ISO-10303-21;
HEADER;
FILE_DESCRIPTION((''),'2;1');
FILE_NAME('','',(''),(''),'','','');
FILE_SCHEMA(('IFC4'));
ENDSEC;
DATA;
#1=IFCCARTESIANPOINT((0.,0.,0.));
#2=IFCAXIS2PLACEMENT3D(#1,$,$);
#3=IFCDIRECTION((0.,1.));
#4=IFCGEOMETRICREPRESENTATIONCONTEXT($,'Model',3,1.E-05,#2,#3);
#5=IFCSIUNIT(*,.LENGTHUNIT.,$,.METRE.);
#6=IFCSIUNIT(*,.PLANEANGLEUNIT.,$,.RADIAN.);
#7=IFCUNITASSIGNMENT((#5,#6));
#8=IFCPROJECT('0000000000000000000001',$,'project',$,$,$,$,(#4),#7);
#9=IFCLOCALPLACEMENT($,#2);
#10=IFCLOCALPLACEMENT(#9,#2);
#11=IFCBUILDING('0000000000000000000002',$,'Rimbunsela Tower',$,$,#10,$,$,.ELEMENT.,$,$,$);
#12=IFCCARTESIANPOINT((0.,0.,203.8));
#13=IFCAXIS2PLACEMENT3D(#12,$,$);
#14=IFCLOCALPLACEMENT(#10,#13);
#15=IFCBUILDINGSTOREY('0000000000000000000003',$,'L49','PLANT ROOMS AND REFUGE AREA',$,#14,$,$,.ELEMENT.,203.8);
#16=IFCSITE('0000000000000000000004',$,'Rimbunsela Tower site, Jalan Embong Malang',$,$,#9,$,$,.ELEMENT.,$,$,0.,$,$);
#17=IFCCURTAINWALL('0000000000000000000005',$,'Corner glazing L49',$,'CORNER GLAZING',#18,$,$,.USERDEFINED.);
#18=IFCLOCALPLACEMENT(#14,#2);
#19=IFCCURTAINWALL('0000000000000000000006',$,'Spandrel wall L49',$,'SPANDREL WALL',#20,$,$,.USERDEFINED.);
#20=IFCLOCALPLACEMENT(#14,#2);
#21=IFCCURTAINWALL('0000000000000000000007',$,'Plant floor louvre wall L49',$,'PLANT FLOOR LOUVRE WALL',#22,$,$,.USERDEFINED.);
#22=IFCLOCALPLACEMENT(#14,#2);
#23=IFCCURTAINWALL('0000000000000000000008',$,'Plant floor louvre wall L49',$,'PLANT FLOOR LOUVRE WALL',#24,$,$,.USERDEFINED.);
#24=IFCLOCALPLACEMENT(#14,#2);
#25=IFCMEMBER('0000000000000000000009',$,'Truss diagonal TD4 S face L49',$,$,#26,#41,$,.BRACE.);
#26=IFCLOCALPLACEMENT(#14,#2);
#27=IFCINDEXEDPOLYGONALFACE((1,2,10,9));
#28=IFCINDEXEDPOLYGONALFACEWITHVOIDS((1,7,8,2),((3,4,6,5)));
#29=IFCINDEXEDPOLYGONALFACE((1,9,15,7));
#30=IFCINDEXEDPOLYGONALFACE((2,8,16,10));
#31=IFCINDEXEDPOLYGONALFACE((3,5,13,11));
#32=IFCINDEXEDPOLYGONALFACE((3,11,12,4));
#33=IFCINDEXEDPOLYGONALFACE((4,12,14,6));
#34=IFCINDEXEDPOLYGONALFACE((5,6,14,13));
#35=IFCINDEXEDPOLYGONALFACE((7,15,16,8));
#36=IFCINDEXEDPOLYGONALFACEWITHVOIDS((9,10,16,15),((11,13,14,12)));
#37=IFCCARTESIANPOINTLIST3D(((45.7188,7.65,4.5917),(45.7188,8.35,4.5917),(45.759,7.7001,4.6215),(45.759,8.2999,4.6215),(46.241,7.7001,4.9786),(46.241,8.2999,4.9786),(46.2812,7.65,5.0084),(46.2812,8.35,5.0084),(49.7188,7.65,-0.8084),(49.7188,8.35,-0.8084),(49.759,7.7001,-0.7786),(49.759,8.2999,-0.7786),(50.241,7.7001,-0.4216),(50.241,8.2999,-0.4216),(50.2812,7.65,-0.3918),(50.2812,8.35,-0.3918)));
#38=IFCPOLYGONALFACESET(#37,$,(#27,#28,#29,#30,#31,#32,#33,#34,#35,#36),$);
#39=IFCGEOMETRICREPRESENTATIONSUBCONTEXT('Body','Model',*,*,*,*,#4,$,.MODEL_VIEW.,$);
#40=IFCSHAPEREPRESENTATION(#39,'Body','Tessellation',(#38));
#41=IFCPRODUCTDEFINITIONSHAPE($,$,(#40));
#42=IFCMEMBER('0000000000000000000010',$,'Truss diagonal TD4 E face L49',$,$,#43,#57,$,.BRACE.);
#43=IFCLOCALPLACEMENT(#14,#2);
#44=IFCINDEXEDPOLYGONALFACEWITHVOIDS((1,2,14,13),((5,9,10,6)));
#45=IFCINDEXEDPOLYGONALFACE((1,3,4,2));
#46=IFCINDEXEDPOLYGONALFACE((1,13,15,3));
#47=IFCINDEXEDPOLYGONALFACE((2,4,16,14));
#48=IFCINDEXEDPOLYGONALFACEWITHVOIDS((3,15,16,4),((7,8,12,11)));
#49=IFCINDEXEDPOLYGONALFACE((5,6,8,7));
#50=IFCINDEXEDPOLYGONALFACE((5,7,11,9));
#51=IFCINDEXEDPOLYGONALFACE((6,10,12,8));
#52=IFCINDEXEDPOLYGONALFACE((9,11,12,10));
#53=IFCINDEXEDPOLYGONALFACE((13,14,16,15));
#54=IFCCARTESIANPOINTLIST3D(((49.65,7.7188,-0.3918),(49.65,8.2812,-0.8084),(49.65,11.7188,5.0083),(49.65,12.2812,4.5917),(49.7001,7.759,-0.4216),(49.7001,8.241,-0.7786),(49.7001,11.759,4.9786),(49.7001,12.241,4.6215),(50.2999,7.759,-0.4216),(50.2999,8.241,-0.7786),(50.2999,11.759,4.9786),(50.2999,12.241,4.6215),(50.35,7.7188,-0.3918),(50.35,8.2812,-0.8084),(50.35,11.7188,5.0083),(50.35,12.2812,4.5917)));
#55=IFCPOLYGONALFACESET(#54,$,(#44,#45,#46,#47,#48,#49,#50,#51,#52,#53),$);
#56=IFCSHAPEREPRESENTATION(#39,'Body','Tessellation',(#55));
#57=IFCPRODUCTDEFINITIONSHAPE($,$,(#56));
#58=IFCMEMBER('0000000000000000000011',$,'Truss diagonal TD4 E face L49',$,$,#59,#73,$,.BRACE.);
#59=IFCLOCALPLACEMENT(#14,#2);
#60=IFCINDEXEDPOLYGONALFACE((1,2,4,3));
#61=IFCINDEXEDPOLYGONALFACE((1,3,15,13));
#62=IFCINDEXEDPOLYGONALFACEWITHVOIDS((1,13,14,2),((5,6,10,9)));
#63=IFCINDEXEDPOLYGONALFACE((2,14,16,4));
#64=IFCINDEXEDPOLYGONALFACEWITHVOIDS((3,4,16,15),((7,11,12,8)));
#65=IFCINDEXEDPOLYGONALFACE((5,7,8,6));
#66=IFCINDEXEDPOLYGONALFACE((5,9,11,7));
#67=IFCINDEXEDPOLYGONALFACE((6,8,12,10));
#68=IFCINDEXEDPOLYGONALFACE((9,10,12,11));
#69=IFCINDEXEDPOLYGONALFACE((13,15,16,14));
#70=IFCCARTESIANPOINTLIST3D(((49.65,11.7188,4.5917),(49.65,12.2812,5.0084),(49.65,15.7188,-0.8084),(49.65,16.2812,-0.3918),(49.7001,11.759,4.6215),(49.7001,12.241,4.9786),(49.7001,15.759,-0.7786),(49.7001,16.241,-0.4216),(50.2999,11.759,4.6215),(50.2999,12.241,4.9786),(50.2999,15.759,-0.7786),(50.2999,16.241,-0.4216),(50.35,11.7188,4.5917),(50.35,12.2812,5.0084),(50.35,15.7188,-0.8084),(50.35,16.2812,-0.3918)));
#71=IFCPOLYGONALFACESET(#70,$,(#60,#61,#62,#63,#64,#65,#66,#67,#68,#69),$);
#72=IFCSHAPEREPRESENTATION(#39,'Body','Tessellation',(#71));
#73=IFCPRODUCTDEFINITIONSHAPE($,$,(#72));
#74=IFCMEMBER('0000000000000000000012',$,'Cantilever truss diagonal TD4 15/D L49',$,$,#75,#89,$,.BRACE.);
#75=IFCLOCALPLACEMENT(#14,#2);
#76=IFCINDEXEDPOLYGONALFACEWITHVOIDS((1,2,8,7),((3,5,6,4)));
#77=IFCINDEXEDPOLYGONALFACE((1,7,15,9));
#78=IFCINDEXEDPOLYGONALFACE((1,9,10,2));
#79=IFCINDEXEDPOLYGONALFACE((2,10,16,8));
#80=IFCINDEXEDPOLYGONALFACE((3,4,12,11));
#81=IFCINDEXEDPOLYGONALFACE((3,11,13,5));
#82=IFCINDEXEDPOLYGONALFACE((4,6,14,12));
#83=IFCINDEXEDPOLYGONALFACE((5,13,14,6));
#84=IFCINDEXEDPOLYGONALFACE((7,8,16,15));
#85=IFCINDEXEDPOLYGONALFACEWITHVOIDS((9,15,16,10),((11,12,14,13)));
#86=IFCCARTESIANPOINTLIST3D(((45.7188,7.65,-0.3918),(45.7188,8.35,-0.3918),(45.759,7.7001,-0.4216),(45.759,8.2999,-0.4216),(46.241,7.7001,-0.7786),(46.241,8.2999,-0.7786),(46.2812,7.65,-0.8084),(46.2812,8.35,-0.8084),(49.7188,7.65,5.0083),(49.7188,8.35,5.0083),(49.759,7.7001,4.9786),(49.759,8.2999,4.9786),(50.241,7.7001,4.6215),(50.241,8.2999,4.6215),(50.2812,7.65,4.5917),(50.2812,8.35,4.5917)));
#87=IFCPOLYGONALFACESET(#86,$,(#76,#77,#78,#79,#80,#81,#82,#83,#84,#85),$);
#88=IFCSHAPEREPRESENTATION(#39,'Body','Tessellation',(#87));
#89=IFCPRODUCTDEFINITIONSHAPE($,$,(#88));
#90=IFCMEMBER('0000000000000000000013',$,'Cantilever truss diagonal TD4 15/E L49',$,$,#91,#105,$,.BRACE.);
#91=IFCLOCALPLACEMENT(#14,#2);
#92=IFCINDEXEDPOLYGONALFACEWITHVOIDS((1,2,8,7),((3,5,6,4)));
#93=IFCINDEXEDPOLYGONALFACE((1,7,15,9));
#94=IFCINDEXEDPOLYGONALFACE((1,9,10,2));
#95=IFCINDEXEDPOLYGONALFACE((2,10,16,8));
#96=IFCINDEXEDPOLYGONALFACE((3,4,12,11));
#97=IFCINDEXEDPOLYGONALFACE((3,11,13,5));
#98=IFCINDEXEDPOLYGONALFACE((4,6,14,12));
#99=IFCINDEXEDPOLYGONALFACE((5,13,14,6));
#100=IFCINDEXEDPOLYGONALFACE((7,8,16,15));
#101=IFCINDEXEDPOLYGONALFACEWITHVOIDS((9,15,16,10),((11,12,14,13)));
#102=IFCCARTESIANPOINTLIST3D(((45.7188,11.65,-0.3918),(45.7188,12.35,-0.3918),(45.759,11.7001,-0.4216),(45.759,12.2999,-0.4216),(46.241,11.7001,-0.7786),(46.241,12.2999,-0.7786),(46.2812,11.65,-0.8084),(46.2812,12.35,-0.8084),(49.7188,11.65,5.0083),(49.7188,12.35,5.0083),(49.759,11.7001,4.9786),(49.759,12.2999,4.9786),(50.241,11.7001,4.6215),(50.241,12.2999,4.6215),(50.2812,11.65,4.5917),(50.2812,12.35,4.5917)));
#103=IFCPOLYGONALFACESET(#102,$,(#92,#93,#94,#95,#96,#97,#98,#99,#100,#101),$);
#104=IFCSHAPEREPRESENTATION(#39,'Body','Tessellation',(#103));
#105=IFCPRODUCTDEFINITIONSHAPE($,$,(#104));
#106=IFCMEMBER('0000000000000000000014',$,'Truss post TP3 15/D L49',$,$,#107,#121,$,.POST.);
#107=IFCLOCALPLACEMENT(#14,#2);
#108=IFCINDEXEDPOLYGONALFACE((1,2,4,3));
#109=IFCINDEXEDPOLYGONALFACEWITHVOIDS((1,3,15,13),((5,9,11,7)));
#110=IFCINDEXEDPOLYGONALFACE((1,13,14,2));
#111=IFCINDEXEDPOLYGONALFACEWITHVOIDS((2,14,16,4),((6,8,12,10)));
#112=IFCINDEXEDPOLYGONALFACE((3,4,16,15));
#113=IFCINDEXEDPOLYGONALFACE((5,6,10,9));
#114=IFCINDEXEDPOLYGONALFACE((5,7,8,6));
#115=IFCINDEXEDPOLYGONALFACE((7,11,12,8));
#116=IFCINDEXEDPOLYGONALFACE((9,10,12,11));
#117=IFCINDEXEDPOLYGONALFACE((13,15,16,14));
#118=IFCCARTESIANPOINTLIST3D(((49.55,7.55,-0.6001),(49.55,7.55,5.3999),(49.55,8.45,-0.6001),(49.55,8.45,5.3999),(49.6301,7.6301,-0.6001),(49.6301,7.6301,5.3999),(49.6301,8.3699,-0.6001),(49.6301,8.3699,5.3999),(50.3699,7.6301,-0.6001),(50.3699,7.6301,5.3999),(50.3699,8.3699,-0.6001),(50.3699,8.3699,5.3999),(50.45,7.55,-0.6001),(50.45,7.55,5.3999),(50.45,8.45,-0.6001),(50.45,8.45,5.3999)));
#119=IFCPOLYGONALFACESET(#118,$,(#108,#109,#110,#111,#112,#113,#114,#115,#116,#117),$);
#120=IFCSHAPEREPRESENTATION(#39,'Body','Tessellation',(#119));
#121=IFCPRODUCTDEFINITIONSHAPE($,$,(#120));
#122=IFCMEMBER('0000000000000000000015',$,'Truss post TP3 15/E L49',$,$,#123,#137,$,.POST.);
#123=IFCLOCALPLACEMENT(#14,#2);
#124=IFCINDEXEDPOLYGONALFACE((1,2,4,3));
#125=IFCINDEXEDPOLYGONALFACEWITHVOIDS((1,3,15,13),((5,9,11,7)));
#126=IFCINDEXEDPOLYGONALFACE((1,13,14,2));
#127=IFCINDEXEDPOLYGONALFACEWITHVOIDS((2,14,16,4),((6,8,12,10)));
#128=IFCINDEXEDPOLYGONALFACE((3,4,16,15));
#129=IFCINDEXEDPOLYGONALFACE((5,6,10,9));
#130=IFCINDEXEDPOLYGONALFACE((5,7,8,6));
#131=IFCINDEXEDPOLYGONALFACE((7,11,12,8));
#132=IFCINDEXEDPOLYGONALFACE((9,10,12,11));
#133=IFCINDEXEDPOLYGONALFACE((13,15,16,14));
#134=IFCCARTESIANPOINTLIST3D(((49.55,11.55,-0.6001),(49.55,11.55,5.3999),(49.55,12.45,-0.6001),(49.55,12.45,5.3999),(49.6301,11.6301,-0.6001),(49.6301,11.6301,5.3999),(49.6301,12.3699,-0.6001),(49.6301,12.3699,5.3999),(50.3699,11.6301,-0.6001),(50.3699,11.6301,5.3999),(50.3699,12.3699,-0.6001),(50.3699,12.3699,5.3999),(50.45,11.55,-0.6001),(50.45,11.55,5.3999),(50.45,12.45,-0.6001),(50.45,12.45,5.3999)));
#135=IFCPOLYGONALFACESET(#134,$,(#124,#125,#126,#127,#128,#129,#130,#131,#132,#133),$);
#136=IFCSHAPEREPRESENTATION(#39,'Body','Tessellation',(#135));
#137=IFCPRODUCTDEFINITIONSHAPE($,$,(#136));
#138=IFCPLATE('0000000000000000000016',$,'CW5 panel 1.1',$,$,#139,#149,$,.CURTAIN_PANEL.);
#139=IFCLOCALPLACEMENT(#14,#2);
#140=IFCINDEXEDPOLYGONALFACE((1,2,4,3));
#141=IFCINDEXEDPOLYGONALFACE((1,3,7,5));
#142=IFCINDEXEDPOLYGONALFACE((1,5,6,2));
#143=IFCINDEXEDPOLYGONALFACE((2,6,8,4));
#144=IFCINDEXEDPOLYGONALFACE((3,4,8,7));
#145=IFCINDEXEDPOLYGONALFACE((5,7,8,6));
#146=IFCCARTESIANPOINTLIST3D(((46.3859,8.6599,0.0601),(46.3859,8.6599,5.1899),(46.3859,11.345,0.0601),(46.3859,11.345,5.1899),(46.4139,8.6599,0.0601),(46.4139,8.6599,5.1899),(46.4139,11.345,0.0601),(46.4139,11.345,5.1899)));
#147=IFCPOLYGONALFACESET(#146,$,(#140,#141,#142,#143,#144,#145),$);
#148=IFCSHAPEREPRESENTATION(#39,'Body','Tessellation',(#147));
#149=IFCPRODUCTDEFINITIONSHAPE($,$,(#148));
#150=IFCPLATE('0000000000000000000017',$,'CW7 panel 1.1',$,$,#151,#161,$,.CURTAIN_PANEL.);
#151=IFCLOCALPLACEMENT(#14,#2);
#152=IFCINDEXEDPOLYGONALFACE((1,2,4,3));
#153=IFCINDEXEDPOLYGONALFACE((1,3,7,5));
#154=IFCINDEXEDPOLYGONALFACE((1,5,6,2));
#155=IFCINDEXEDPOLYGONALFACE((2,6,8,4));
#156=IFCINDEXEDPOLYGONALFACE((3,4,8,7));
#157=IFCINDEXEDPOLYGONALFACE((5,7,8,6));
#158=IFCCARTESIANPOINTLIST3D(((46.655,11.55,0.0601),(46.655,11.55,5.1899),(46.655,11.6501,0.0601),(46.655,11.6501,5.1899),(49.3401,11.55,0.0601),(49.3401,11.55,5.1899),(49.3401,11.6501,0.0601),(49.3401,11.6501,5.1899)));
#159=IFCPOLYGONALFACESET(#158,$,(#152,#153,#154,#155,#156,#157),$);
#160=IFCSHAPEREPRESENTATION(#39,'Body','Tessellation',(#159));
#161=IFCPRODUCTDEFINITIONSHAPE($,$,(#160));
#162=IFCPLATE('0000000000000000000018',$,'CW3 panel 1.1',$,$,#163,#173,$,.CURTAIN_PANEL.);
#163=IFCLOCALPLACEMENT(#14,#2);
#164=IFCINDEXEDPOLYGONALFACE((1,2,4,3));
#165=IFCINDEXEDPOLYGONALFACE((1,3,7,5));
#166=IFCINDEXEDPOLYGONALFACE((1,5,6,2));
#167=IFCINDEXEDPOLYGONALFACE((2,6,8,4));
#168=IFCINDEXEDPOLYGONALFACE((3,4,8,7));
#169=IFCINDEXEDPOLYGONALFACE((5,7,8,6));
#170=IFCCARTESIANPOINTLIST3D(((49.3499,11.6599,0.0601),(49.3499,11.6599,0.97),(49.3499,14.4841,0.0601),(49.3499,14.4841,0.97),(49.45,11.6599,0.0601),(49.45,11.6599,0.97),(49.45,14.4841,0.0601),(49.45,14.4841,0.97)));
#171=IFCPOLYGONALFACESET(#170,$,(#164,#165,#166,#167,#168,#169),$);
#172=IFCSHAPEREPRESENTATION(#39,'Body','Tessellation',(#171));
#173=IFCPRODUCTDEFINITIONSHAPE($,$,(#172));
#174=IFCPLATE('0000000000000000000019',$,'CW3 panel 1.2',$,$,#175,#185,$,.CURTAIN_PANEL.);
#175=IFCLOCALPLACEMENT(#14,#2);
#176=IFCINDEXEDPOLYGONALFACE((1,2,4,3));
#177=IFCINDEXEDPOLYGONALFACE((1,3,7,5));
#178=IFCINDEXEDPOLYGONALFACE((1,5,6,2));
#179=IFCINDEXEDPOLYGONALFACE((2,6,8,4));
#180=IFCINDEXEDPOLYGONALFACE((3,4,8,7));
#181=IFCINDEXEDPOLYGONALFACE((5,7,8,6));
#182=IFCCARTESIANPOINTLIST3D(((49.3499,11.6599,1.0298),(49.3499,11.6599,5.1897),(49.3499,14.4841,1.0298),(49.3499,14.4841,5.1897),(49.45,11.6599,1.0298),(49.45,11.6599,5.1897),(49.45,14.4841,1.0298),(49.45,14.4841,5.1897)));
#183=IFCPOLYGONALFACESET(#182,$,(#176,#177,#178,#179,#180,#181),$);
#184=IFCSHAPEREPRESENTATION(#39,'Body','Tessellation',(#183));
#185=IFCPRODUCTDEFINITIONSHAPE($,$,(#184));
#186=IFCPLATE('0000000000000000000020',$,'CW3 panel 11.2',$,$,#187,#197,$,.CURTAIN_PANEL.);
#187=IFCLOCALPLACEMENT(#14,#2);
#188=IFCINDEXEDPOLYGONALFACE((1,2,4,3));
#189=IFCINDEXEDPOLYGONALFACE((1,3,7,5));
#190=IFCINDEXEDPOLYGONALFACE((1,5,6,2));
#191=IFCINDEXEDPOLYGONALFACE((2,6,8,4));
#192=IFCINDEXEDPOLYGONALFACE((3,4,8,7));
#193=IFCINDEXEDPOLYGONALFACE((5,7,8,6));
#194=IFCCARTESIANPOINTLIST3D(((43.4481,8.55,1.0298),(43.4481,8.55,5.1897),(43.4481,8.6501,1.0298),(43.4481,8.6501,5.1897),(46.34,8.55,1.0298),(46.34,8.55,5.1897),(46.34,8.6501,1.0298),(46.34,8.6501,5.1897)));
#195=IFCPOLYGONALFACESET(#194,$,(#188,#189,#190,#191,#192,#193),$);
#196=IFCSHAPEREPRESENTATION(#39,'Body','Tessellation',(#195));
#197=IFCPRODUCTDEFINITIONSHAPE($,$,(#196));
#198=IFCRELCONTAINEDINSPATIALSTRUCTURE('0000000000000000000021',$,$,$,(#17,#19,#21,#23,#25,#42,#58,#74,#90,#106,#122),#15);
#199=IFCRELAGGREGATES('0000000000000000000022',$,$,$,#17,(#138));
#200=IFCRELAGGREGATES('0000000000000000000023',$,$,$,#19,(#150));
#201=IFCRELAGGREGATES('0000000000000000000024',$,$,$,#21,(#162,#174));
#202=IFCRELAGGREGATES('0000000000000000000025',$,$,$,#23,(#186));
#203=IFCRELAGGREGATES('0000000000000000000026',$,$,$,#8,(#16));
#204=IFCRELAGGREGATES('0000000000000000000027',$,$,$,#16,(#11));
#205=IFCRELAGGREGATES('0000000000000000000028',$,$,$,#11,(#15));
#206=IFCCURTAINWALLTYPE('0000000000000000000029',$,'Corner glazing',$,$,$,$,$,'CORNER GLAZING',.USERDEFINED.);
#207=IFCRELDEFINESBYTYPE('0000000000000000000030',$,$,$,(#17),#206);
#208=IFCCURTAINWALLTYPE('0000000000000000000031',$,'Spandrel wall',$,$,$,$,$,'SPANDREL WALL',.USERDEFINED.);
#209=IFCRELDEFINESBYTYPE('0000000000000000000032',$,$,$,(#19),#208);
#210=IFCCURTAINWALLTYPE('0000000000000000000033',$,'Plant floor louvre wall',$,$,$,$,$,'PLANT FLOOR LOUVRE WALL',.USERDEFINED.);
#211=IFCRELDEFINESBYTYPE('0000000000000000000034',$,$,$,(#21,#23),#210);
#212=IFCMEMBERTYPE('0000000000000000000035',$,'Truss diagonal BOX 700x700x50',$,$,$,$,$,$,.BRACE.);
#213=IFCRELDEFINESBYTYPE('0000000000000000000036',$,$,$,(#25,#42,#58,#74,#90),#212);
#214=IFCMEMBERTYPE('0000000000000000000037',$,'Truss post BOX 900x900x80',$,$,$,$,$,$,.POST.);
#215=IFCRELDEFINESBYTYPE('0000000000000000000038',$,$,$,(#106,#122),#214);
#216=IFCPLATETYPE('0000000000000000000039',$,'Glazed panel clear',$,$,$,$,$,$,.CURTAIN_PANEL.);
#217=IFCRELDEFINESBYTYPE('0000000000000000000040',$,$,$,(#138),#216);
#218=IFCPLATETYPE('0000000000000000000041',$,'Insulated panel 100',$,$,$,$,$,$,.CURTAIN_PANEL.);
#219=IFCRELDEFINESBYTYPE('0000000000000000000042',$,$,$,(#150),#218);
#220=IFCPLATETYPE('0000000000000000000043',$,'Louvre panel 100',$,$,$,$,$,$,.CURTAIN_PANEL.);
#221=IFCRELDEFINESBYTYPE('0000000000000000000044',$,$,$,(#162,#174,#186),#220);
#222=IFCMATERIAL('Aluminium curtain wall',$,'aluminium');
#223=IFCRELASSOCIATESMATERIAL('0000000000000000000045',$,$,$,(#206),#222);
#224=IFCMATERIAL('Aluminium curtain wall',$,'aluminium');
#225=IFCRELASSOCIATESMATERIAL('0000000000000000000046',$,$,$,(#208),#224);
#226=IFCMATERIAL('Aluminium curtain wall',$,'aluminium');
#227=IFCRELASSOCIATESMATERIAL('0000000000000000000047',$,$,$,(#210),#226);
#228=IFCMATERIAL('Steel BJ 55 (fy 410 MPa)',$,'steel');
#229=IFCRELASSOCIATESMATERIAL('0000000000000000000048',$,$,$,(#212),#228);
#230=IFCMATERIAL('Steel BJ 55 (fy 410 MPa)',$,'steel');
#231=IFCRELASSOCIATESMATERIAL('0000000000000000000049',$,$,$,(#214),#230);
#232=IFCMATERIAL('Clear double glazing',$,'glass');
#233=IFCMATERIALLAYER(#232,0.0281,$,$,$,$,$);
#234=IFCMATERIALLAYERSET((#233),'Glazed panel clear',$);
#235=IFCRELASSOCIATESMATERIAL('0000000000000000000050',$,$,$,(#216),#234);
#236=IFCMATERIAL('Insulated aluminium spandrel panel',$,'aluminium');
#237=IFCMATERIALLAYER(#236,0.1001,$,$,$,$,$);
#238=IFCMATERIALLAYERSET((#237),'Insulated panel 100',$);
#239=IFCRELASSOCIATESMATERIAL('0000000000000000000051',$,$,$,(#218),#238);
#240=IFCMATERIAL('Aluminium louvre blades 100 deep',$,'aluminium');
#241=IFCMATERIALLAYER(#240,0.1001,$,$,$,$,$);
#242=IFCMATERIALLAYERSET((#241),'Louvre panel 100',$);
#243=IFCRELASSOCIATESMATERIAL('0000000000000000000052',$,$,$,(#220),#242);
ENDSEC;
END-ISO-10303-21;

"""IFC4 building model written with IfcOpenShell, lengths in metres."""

from ifc_helpers import new_model, si_unit, direction, frame, origin, origin_2d, place, context, subcontext, project, spatial, rectangle, hollow_rectangle, extrude, material, layer, layer_set, material_profile, profile_set, type_object, element, aggregate, save


model = new_model("IFC4")

# Units and contexts
model_context = context("Model", 3, precision=1e-05, world=origin(), true_north=direction((0.0, 1.0)))
body_context = subcontext(model_context, "Body", "Model", "MODEL_VIEW")
ifc_project = project(units=[si_unit("LENGTHUNIT", "METRE"), si_unit("PLANEANGLEUNIT", "RADIAN")], contexts=[model_context])

# Site, building, storey
site_placement = place(None, origin())
site = spatial("IfcSite", under=ifc_project, at=site_placement, Name="Rimbunsela Tower site, Jalan Embong Malang", CompositionType="ELEMENT", RefElevation=0.0)
building_placement = place(site_placement, origin())
building = spatial("IfcBuilding", under=site, at=building_placement, Name="Rimbunsela Tower", CompositionType="ELEMENT")
storey_placement = place(building_placement, frame((0.0, 0.0, 203.8)))
storey = spatial("IfcBuildingStorey", under=building, at=storey_placement, Name="L49", Description="PLANT ROOMS AND REFUGE AREA", CompositionType="ELEMENT", Elevation=203.8)

# Curtain walls
ifc_material_1 = material(Name="Aluminium curtain wall", Category="aluminium")
curtain_wall_type_1 = type_object("IfcCurtainWallType", Name="Corner glazing", ElementType="CORNER GLAZING", PredefinedType="USERDEFINED", material=ifc_material_1)
curtain_wall_1_placement = place(storey_placement, origin())
curtain_wall_1 = element("IfcCurtainWall", 1, at=curtain_wall_1_placement, inside=storey, type_object=curtain_wall_type_1, Name="Corner glazing L49", ObjectType="CORNER GLAZING", PredefinedType="USERDEFINED")
ifc_material_2 = material(Name="Aluminium curtain wall", Category="aluminium")
curtain_wall_type_2 = type_object("IfcCurtainWallType", Name="Spandrel wall", ElementType="SPANDREL WALL", PredefinedType="USERDEFINED", material=ifc_material_2)
curtain_wall_2_placement = place(storey_placement, origin())
curtain_wall_2 = element("IfcCurtainWall", 2, at=curtain_wall_2_placement, inside=storey, type_object=curtain_wall_type_2, Name="Spandrel wall L49", ObjectType="SPANDREL WALL", PredefinedType="USERDEFINED")
ifc_material_3 = material(Name="Aluminium curtain wall", Category="aluminium")
curtain_wall_type_3 = type_object("IfcCurtainWallType", Name="Plant floor louvre wall", ElementType="PLANT FLOOR LOUVRE WALL", PredefinedType="USERDEFINED", material=ifc_material_3)
curtain_wall_3_placement = place(storey_placement, origin())
curtain_wall_3 = element("IfcCurtainWall", 3, at=curtain_wall_3_placement, inside=storey, type_object=curtain_wall_type_3, Name="Plant floor louvre wall L49", ObjectType="PLANT FLOOR LOUVRE WALL", PredefinedType="USERDEFINED")

# Curtain wall
curtain_wall_4_placement = place(storey_placement, origin())
curtain_wall_4 = element("IfcCurtainWall", 4, at=curtain_wall_4_placement, inside=storey, type_object=curtain_wall_type_3, Name="Plant floor louvre wall L49", ObjectType="PLANT FLOOR LOUVRE WALL", PredefinedType="USERDEFINED")

# Members
ifc_material_4 = material(Name="Steel BJ 55 (fy 410 MPa)", Category="steel")
ifc_material_profile_1 = material_profile(ifc_material_4, hollow_rectangle(XDim=0.7, YDim=0.7, WallThickness=0.05, at=origin_2d()), Name="BOX 700x700x50")
ifc_profile_set_1 = profile_set([ifc_material_profile_1], Name="Steel BJ 55 (fy 410 MPa)")
member_type_1 = type_object("IfcMemberType", Name="Truss diagonal BOX 700x700x50", PredefinedType="BRACE", material=ifc_profile_set_1)
for number, where, z_axis, x_axis, name in (
    (5, (46.0, 8.0, 4.8), (0.595217, 0.0, -0.803565), (0.0, 1.0, 0.0), "Truss diagonal TD4 S face L49"),
    (6, (50.0, 8.0, -0.6001), (0.0, 0.595217, 0.803565), (-1.0, 0.0, 0.0), "Truss diagonal TD4 E face L49"),
    (7, (50.0, 12.0, 4.8), (0.0, 0.595217, -0.803565), (-1.0, 0.0, 0.0), "Truss diagonal TD4 E face L49"),
    (8, (46.0, 8.0, -0.6001), (0.595217, 0.0, 0.803565), (0.0, 1.0, 0.0), "Cantilever truss diagonal TD4 15/D L49"),
    (9, (46.0, 12.0, -0.6001), (0.595217, 0.0, 0.803565), (0.0, 1.0, 0.0), "Cantilever truss diagonal TD4 15/E L49"),
):
    element("IfcMember", number, at=place(storey_placement, frame(where, z_axis=z_axis, x_axis=x_axis)), inside=storey, type_object=member_type_1, Name=name, PredefinedType="BRACE", context=body_context, shape_type="SweptSolid", body=[
        extrude(hollow_rectangle(XDim=0.7, YDim=0.7, WallThickness=0.05, at=origin_2d()), origin(), (0.0, 0.0, 1.0), 6.7202),
    ])
ifc_material_5 = material(Name="Steel BJ 55 (fy 410 MPa)", Category="steel")
ifc_material_profile_2 = material_profile(ifc_material_5, hollow_rectangle(XDim=0.8999, YDim=0.8999, WallThickness=0.0801, at=origin_2d()), Name="BOX 900x900x80")
ifc_profile_set_2 = profile_set([ifc_material_profile_2], Name="Steel BJ 55 (fy 410 MPa)")
member_type_2 = type_object("IfcMemberType", Name="Truss post BOX 900x900x80", PredefinedType="POST", material=ifc_profile_set_2)
for number, where, z_axis, x_axis, name in (
    (10, (50.0, 8.0, -0.6001), (0.0, 0.0, 1.0), (1.0, 0.0, 0.0), "Truss post TP3 15/D L49"),
    (11, (50.0, 12.0, -0.6001), (0.0, 0.0, 1.0), (1.0, 0.0, 0.0), "Truss post TP3 15/E L49"),
):
    element("IfcMember", number, at=place(storey_placement, frame(where, z_axis=z_axis, x_axis=x_axis)), inside=storey, type_object=member_type_2, Name=name, PredefinedType="POST", context=body_context, shape_type="SweptSolid", body=[
        extrude(hollow_rectangle(XDim=0.8999, YDim=0.8999, WallThickness=0.0801, at=origin_2d()), origin(), (0.0, 0.0, 1.0), 6.0),
    ])

# Plates
ifc_material_6 = material(Name="Clear double glazing", Category="glass")
ifc_layer_1 = layer(ifc_material_6, 0.0281)
ifc_layer_set_1 = layer_set([ifc_layer_1], Name="Glazed panel clear")
plate_type_1 = type_object("IfcPlateType", Name="Glazed panel clear", PredefinedType="CURTAIN_PANEL", material=ifc_layer_set_1)
plate_1_placement = place(storey_placement, frame((46.3999, 10.0024, 0.0601), z_axis=(0.0, 0.0, 1.0), x_axis=(0.0, 1.0, 0.0)))
plate_1 = element("IfcPlate", 12, at=plate_1_placement, type_object=plate_type_1, Name="CW5 panel 1.1", PredefinedType="CURTAIN_PANEL", context=body_context, shape_type="SweptSolid", body=[
    extrude(rectangle(XDim=2.6851, YDim=0.0281, at=origin_2d()), origin(), (0.0, 0.0, 1.0), 5.1299),
])
aggregate(curtain_wall_1, [plate_1])
ifc_material_7 = material(Name="Insulated aluminium spandrel panel", Category="aluminium")
ifc_layer_2 = layer(ifc_material_7, 0.1001)
ifc_layer_set_2 = layer_set([ifc_layer_2], Name="Insulated panel 100")
plate_type_2 = type_object("IfcPlateType", Name="Insulated panel 100", PredefinedType="CURTAIN_PANEL", material=ifc_layer_set_2)
plate_2_placement = place(storey_placement, frame((47.9976, 11.6001, 0.0601), z_axis=(0.0, 0.0, 1.0), x_axis=(1.0, 0.0, 0.0)))
plate_2 = element("IfcPlate", 13, at=plate_2_placement, type_object=plate_type_2, Name="CW7 panel 1.1", PredefinedType="CURTAIN_PANEL", context=body_context, shape_type="SweptSolid", body=[
    extrude(rectangle(XDim=2.6851, YDim=0.1001, at=origin_2d()), origin(), (0.0, 0.0, 1.0), 5.1299),
])
aggregate(curtain_wall_2, [plate_2])
ifc_material_8 = material(Name="Aluminium louvre blades 100 deep", Category="aluminium")
ifc_layer_3 = layer(ifc_material_8, 0.1001)
ifc_layer_set_3 = layer_set([ifc_layer_3], Name="Louvre panel 100")
plate_type_3 = type_object("IfcPlateType", Name="Louvre panel 100", PredefinedType="CURTAIN_PANEL", material=ifc_layer_set_3)
plate_3_placement = place(storey_placement, frame((49.3999, 13.072, 0.0601), z_axis=(0.0, 0.0, 1.0), x_axis=(0.0, 1.0, 0.0)))
plate_3 = element("IfcPlate", 14, at=plate_3_placement, type_object=plate_type_3, Name="CW3 panel 1.1", PredefinedType="CURTAIN_PANEL", context=body_context, shape_type="SweptSolid", body=[
    extrude(rectangle(XDim=2.8242, YDim=0.1001, at=origin_2d()), origin(), (0.0, 0.0, 1.0), 0.9099),
])
plate_4_placement = place(storey_placement, frame((49.3999, 13.072, 1.0298), z_axis=(0.0, 0.0, 1.0), x_axis=(0.0, 1.0, 0.0)))
plate_4 = element("IfcPlate", 15, at=plate_4_placement, type_object=plate_type_3, Name="CW3 panel 1.2", PredefinedType="CURTAIN_PANEL", context=body_context, shape_type="SweptSolid", body=[
    extrude(rectangle(XDim=2.8242, YDim=0.1001, at=origin_2d()), origin(), (0.0, 0.0, 1.0), 4.1599),
])
aggregate(curtain_wall_3, [plate_3, plate_4])
plate_5_placement = place(storey_placement, frame((44.894, 8.6001, 1.0298), z_axis=(0.0, 0.0, 1.0), x_axis=(1.0, 0.0, 0.0)))
plate_5 = element("IfcPlate", 16, at=plate_5_placement, type_object=plate_type_3, Name="CW3 panel 11.2", PredefinedType="CURTAIN_PANEL", context=body_context, shape_type="SweptSolid", body=[
    extrude(rectangle(XDim=2.8918, YDim=0.1001, at=origin_2d()), origin(), (0.0, 0.0, 1.0), 4.1599),
])
aggregate(curtain_wall_4, [plate_5])

save(model, "model.ifc")
